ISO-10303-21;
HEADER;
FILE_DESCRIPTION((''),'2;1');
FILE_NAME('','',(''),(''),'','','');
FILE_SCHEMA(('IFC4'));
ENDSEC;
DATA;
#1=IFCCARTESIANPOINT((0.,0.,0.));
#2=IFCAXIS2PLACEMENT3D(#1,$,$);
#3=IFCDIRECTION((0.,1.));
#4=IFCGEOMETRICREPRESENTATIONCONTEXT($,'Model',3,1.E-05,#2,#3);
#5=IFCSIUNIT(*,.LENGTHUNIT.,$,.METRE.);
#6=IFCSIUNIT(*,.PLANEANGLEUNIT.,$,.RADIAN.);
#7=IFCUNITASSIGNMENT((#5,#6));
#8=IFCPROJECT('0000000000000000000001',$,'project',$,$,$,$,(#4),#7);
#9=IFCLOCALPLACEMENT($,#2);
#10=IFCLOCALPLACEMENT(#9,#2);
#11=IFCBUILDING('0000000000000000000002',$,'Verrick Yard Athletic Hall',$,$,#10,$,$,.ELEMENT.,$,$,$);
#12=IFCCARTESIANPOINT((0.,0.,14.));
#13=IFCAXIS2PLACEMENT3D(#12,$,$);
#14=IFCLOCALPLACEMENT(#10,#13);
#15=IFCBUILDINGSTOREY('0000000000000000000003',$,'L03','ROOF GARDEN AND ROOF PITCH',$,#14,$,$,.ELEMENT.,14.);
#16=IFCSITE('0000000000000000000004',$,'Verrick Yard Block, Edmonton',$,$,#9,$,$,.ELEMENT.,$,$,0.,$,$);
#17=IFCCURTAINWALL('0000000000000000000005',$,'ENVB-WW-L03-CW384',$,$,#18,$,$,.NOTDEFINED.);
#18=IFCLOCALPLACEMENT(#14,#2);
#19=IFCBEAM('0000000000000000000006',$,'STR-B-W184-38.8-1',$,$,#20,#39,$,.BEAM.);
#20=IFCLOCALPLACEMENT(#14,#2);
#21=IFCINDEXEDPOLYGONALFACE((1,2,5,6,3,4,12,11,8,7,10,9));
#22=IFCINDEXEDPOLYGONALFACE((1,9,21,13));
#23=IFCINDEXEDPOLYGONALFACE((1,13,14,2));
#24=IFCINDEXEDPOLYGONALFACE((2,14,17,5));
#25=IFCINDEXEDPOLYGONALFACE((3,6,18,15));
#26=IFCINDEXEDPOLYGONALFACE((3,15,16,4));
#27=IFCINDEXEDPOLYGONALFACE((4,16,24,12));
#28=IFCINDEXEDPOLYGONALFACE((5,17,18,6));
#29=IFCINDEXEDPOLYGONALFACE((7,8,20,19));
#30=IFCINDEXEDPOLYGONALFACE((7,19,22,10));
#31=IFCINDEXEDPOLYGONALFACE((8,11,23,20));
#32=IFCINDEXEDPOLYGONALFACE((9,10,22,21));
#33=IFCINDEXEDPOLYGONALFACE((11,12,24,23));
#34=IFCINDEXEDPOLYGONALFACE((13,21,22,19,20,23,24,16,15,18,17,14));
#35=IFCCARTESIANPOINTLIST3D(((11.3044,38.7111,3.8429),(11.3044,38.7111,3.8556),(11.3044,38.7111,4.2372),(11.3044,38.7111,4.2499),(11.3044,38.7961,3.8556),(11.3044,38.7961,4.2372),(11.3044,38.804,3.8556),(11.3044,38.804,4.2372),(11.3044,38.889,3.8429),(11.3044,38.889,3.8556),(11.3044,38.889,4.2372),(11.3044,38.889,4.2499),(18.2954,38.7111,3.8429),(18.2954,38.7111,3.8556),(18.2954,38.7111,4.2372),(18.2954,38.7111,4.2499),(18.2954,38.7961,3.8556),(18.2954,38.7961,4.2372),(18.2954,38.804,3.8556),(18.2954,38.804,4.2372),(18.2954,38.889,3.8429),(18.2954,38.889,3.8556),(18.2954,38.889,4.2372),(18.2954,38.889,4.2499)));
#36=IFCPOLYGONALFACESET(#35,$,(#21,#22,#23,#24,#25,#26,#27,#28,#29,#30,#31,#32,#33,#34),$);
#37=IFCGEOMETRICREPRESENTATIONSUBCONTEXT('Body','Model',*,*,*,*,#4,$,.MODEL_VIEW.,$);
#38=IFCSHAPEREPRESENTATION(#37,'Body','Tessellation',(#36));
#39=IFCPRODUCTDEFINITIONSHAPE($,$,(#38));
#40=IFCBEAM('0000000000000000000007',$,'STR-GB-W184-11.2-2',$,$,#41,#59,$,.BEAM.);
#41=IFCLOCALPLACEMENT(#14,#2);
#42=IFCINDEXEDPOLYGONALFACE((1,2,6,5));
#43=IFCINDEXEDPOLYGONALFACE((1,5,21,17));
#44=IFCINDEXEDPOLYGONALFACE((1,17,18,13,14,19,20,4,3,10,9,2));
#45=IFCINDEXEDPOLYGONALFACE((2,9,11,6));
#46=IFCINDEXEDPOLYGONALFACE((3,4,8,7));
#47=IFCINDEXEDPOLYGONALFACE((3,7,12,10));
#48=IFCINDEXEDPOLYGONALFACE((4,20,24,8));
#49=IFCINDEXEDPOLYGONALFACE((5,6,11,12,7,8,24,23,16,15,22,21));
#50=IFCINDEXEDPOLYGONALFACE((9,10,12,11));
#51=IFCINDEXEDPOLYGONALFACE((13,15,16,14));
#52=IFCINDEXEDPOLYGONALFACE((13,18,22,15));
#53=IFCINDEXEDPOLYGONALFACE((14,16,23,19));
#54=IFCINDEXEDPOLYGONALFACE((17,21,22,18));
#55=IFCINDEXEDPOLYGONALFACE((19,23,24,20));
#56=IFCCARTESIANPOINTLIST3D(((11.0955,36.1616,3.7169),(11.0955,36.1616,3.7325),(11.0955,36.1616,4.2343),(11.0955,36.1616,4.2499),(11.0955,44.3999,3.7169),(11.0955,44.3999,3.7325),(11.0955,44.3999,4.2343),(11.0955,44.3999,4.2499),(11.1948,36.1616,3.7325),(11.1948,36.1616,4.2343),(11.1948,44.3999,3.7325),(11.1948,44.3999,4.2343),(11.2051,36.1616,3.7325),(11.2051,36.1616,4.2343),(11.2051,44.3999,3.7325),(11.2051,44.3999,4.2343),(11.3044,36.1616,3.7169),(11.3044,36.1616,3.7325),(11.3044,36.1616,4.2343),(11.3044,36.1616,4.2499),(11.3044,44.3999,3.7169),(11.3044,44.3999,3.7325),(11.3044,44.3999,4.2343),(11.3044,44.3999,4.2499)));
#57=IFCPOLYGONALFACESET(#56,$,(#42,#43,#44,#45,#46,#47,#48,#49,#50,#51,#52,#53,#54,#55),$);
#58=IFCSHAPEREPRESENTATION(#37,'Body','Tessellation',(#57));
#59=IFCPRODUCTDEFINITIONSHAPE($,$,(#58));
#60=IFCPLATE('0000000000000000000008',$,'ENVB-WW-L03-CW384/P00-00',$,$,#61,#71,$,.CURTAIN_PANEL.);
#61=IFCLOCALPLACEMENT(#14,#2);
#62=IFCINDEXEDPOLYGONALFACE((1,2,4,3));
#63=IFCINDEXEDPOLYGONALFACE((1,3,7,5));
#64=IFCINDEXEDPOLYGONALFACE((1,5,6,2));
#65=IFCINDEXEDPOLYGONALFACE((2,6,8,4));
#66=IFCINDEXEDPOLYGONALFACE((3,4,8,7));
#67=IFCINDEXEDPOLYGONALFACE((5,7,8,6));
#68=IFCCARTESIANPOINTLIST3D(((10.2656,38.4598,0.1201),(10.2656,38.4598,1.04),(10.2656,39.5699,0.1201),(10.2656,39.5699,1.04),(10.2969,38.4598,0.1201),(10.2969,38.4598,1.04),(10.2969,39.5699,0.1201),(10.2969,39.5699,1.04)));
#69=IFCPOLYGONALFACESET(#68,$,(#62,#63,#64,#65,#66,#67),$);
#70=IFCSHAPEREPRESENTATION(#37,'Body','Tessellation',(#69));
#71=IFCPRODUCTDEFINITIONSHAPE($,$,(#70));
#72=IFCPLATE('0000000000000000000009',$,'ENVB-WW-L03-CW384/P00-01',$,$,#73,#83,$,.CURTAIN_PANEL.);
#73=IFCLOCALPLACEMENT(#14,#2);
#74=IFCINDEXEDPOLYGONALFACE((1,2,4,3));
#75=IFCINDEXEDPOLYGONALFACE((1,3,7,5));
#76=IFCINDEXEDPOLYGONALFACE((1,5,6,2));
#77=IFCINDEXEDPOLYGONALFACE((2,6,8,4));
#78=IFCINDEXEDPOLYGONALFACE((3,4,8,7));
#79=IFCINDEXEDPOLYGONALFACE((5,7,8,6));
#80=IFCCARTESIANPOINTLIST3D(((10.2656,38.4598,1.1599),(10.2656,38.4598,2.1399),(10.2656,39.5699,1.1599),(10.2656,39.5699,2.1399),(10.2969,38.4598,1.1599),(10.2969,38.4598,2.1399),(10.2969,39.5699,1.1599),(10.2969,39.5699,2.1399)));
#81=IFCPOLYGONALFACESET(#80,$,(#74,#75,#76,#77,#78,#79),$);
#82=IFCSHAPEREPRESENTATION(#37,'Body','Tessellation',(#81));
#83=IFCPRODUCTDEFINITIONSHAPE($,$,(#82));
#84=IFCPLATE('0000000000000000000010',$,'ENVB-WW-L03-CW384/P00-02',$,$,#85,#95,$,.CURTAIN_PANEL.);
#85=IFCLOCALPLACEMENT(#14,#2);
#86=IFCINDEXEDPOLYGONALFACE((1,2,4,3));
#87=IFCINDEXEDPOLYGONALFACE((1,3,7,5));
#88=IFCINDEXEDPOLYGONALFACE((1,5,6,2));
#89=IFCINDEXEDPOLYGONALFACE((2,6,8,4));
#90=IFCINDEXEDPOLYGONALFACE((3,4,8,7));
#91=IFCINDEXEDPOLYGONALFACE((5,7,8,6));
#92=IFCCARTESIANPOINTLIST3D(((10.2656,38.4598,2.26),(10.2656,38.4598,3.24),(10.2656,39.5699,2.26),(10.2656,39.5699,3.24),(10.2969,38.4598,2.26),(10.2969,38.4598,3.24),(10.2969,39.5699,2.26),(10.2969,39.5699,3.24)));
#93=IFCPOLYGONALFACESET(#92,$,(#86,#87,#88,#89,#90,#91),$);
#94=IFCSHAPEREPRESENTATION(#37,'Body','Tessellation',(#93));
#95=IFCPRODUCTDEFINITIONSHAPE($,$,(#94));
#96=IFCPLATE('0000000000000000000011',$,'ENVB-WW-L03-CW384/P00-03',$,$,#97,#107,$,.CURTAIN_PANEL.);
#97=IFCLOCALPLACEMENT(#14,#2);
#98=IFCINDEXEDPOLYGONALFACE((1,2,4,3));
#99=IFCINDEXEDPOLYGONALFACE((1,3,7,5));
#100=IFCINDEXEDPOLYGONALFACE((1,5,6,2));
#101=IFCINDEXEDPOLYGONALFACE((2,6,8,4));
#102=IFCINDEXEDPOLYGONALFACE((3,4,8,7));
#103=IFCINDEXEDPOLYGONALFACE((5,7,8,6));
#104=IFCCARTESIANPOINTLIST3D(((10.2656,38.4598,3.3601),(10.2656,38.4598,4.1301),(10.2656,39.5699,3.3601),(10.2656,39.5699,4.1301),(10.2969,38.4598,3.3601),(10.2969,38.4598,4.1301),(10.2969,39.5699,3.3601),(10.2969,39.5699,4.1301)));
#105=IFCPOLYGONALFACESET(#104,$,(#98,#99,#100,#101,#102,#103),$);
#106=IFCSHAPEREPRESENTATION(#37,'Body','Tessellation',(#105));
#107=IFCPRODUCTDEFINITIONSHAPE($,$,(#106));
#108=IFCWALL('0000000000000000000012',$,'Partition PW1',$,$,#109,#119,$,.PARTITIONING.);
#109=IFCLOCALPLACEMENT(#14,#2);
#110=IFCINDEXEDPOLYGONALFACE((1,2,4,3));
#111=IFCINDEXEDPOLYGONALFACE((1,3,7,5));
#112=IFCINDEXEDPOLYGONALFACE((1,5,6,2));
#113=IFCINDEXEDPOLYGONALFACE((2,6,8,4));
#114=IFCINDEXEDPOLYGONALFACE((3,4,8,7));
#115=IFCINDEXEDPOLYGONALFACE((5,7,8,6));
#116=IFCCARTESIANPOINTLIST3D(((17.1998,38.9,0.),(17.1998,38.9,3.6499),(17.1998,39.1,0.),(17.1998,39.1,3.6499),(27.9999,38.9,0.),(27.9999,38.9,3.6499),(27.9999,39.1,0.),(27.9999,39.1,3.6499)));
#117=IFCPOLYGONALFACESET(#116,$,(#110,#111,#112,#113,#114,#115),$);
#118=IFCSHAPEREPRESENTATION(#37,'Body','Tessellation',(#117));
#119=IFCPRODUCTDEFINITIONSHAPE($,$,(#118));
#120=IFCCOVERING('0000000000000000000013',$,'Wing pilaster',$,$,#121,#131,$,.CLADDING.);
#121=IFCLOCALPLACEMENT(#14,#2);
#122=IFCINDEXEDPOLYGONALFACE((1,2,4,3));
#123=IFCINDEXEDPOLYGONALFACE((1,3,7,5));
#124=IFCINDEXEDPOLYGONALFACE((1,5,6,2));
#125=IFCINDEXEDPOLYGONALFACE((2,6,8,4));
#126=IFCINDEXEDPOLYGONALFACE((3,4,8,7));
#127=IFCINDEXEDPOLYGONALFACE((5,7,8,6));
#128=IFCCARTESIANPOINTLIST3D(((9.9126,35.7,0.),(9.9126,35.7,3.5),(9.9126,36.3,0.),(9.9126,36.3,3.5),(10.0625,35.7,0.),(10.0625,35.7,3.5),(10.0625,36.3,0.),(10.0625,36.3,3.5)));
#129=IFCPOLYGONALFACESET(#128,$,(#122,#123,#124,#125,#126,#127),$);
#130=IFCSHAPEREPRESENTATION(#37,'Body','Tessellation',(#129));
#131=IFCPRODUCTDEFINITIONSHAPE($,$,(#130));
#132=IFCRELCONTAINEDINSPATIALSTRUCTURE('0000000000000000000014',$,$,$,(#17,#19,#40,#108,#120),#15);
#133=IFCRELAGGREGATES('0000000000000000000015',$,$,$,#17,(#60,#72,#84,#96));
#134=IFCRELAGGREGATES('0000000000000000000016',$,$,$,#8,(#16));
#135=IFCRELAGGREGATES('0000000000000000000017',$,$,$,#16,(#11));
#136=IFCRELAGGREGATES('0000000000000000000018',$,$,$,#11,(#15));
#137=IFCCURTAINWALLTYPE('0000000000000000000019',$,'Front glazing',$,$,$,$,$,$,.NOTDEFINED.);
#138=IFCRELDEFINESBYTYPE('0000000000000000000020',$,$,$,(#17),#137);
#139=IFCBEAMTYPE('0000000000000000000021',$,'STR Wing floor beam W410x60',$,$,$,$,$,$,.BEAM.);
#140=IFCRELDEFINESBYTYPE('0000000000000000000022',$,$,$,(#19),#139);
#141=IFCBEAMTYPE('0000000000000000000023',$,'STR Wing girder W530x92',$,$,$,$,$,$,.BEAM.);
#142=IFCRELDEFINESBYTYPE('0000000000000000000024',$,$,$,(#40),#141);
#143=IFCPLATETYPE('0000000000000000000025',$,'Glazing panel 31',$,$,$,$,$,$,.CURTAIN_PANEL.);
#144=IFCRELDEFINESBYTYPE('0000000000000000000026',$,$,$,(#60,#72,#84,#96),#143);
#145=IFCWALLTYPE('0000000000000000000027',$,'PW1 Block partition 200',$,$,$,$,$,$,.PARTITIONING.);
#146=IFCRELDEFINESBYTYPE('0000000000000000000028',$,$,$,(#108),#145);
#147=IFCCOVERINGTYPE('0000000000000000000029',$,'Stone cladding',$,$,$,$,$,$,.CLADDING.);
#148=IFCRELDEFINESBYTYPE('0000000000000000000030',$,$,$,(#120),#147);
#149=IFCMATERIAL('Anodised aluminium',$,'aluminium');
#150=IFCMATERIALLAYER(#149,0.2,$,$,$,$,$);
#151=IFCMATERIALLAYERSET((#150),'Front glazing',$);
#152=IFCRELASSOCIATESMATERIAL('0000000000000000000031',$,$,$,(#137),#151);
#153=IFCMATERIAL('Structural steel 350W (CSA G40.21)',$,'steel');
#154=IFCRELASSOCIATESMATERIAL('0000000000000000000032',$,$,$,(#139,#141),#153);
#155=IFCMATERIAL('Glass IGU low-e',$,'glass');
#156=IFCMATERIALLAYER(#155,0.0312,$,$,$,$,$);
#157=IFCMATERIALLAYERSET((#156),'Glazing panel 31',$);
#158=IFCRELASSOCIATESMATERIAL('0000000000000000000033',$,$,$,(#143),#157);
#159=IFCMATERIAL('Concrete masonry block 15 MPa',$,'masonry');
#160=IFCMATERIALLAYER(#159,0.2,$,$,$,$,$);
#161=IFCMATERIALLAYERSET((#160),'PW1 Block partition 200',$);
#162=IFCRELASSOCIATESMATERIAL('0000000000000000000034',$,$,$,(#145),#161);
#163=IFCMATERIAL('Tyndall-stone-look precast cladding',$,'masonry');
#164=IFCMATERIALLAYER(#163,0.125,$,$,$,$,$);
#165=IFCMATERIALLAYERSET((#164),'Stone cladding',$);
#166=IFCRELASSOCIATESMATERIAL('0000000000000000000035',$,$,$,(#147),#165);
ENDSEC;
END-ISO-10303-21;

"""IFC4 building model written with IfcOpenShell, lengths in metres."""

from ifc_helpers import new_model, si_unit, direction, frame, frame_2d, origin, origin_2d, place, context, subcontext, project, spatial, rectangle, i_section, extrude, material, layer, layer_set, material_profile, profile_set, type_object, element, aggregate, save


model = new_model("IFC4")

# Units and contexts
model_context = context("Model", 3, precision=1e-05, world=origin(), true_north=direction((0.0, 1.0)))
body_context = subcontext(model_context, "Body", "Model", "MODEL_VIEW")
ifc_project = project(units=[si_unit("LENGTHUNIT", "METRE"), si_unit("PLANEANGLEUNIT", "RADIAN")], contexts=[model_context])

# Site, building, storey
site_placement = place(None, origin())
site = spatial("IfcSite", under=ifc_project, at=site_placement, Name="Verrick Yard Block, Edmonton", CompositionType="ELEMENT", RefElevation=0.0)
building_placement = place(site_placement, origin())
building = spatial("IfcBuilding", under=site, at=building_placement, Name="Verrick Yard Athletic Hall", CompositionType="ELEMENT")
storey_placement = place(building_placement, frame((0.0, 0.0, 14.0)))
storey = spatial("IfcBuildingStorey", under=building, at=storey_placement, Name="L03", Description="ROOF GARDEN AND ROOF PITCH", CompositionType="ELEMENT", Elevation=14.0)

# Shared definitions
ifc_material_1 = material(Name="Structural steel 350W (CSA G40.21)", Category="steel")

# Curtain wall
ifc_material_2 = material(Name="Anodised aluminium", Category="aluminium")
ifc_layer_1 = layer(ifc_material_2, 0.2)
ifc_layer_set_1 = layer_set([ifc_layer_1], Name="Front glazing")
curtain_wall_type = type_object("IfcCurtainWallType", Name="Front glazing", PredefinedType="NOTDEFINED", material=ifc_layer_set_1)
curtain_wall_placement = place(storey_placement, origin())
curtain_wall = element("IfcCurtainWall", 1, at=curtain_wall_placement, inside=storey, type_object=curtain_wall_type, Name="ENVB-WW-L03-CW384", PredefinedType="NOTDEFINED")

# Beams
ifc_material_profile_1 = material_profile(ifc_material_1, i_section(OverallWidth=0.178, OverallDepth=0.407, WebThickness=0.0078, FlangeThickness=0.0127, at=origin_2d()), Name="W410x60")
ifc_profile_set_1 = profile_set([ifc_material_profile_1], Name="Structural steel 350W (CSA G40.21)")
beam_type_1 = type_object("IfcBeamType", Name="STR Wing floor beam W410x60", PredefinedType="BEAM", material=ifc_profile_set_1)
beam_1_placement = place(storey_placement, frame((11.3044, 38.8, 4.0464), z_axis=(1.0, 0.0, 0.0), x_axis=(0.0, 1.0, 0.0)))
element("IfcBeam", 2, at=beam_1_placement, inside=storey, type_object=beam_type_1, Name="STR-B-W184-38.8-1", PredefinedType="BEAM", context=body_context, shape_type="SweptSolid", body=[
    extrude(i_section(OverallWidth=0.178, OverallDepth=0.407, WebThickness=0.0078, FlangeThickness=0.0127, at=origin_2d()), origin(), (0.0, 0.0, 1.0), 6.991),
])
ifc_material_profile_2 = material_profile(ifc_material_1, i_section(OverallWidth=0.209, OverallDepth=0.533, WebThickness=0.0103, FlangeThickness=0.0156, at=origin_2d()), Name="W530x92")
ifc_profile_set_2 = profile_set([ifc_material_profile_2], Name="Structural steel 350W (CSA G40.21)")
beam_type_2 = type_object("IfcBeamType", Name="STR Wing girder W530x92", PredefinedType="BEAM", material=ifc_profile_set_2)
beam_2_placement = place(storey_placement, frame((11.2, 36.1616, 3.9834), z_axis=(0.0, 1.0, 0.0), x_axis=(-1.0, 0.0, 0.0)))
element("IfcBeam", 3, at=beam_2_placement, inside=storey, type_object=beam_type_2, Name="STR-GB-W184-11.2-2", PredefinedType="BEAM", context=body_context, shape_type="SweptSolid", body=[
    extrude(i_section(OverallWidth=0.209, OverallDepth=0.533, WebThickness=0.0103, FlangeThickness=0.0156, at=origin_2d()), origin(), (0.0, 0.0, 1.0), 8.2383),
])

# Plates
ifc_material_3 = material(Name="Glass IGU low-e", Category="glass")
ifc_layer_2 = layer(ifc_material_3, 0.0312)
ifc_layer_set_2 = layer_set([ifc_layer_2], Name="Glazing panel 31")
plate_type = type_object("IfcPlateType", Name="Glazing panel 31", PredefinedType="CURTAIN_PANEL", material=ifc_layer_set_2)
plate_1_placement = place(storey_placement, frame((10.2812, 39.0149, 0.1201), z_axis=(0.0, 0.0, 1.0), x_axis=(0.0, 1.0, 0.0)))
plate_1 = element("IfcPlate", 4, at=plate_1_placement, type_object=plate_type, Name="ENVB-WW-L03-CW384/P00-00", PredefinedType="CURTAIN_PANEL", context=body_context, shape_type="SweptSolid", body=[
    extrude(rectangle(XDim=1.1101, YDim=0.0312, at=origin_2d()), origin(), (0.0, 0.0, 1.0), 0.9199),
])
plate_2_placement = place(storey_placement, frame((10.2812, 39.0149, 1.1599), z_axis=(0.0, 0.0, 1.0), x_axis=(0.0, 1.0, 0.0)))
plate_2 = element("IfcPlate", 5, at=plate_2_placement, type_object=plate_type, Name="ENVB-WW-L03-CW384/P00-01", PredefinedType="CURTAIN_PANEL", context=body_context, shape_type="SweptSolid", body=[
    extrude(rectangle(XDim=1.1101, YDim=0.0312, at=origin_2d()), origin(), (0.0, 0.0, 1.0), 0.98),
])
plate_3_placement = place(storey_placement, frame((10.2812, 39.0149, 2.26), z_axis=(0.0, 0.0, 1.0), x_axis=(0.0, 1.0, 0.0)))
plate_3 = element("IfcPlate", 6, at=plate_3_placement, type_object=plate_type, Name="ENVB-WW-L03-CW384/P00-02", PredefinedType="CURTAIN_PANEL", context=body_context, shape_type="SweptSolid", body=[
    extrude(rectangle(XDim=1.1101, YDim=0.0312, at=origin_2d()), origin(), (0.0, 0.0, 1.0), 0.98),
])
plate_4_placement = place(storey_placement, frame((10.2812, 39.0149, 3.3601), z_axis=(0.0, 0.0, 1.0), x_axis=(0.0, 1.0, 0.0)))
plate_4 = element("IfcPlate", 7, at=plate_4_placement, type_object=plate_type, Name="ENVB-WW-L03-CW384/P00-03", PredefinedType="CURTAIN_PANEL", context=body_context, shape_type="SweptSolid", body=[
    extrude(rectangle(XDim=1.1101, YDim=0.0312, at=origin_2d()), origin(), (0.0, 0.0, 1.0), 0.77),
])
aggregate(curtain_wall, [plate_1, plate_2, plate_3, plate_4])

# Wall
ifc_material_4 = material(Name="Concrete masonry block 15 MPa", Category="masonry")
ifc_layer_3 = layer(ifc_material_4, 0.2)
ifc_layer_set_3 = layer_set([ifc_layer_3], Name="PW1 Block partition 200")
wall_type = type_object("IfcWallType", Name="PW1 Block partition 200", PredefinedType="PARTITIONING", material=ifc_layer_set_3)
wall_placement = place(storey_placement, frame((17.2, 39.0, 0.0), z_axis=(0.0, 0.0, 1.0), x_axis=(1.0, 0.0, 0.0)))
element("IfcWall", 8, at=wall_placement, inside=storey, type_object=wall_type, Name="Partition PW1", PredefinedType="PARTITIONING", context=body_context, shape_type="SweptSolid", body=[
    extrude(rectangle(XDim=10.8, YDim=0.2, at=frame_2d((5.3999, 0.0))), origin(), (0.0, 0.0, 1.0), 3.6499),
])

# Covering
ifc_material_5 = material(Name="Tyndall-stone-look precast cladding", Category="masonry")
ifc_layer_4 = layer(ifc_material_5, 0.125)
ifc_layer_set_4 = layer_set([ifc_layer_4], Name="Stone cladding")
covering_type = type_object("IfcCoveringType", Name="Stone cladding", PredefinedType="CLADDING", material=ifc_layer_set_4)
covering_placement = place(storey_placement, frame((9.9875, 36.0, 0.0), z_axis=(0.0, 0.0, 1.0), x_axis=(0.0, 1.0, 0.0)))
element("IfcCovering", 9, at=covering_placement, inside=storey, type_object=covering_type, Name="Wing pilaster", PredefinedType="CLADDING", context=body_context, shape_type="SweptSolid", body=[
    extrude(rectangle(XDim=0.6001, YDim=0.1499, at=origin_2d()), origin(), (0.0, 0.0, 1.0), 3.5),
])

save(model, "model.ifc")
